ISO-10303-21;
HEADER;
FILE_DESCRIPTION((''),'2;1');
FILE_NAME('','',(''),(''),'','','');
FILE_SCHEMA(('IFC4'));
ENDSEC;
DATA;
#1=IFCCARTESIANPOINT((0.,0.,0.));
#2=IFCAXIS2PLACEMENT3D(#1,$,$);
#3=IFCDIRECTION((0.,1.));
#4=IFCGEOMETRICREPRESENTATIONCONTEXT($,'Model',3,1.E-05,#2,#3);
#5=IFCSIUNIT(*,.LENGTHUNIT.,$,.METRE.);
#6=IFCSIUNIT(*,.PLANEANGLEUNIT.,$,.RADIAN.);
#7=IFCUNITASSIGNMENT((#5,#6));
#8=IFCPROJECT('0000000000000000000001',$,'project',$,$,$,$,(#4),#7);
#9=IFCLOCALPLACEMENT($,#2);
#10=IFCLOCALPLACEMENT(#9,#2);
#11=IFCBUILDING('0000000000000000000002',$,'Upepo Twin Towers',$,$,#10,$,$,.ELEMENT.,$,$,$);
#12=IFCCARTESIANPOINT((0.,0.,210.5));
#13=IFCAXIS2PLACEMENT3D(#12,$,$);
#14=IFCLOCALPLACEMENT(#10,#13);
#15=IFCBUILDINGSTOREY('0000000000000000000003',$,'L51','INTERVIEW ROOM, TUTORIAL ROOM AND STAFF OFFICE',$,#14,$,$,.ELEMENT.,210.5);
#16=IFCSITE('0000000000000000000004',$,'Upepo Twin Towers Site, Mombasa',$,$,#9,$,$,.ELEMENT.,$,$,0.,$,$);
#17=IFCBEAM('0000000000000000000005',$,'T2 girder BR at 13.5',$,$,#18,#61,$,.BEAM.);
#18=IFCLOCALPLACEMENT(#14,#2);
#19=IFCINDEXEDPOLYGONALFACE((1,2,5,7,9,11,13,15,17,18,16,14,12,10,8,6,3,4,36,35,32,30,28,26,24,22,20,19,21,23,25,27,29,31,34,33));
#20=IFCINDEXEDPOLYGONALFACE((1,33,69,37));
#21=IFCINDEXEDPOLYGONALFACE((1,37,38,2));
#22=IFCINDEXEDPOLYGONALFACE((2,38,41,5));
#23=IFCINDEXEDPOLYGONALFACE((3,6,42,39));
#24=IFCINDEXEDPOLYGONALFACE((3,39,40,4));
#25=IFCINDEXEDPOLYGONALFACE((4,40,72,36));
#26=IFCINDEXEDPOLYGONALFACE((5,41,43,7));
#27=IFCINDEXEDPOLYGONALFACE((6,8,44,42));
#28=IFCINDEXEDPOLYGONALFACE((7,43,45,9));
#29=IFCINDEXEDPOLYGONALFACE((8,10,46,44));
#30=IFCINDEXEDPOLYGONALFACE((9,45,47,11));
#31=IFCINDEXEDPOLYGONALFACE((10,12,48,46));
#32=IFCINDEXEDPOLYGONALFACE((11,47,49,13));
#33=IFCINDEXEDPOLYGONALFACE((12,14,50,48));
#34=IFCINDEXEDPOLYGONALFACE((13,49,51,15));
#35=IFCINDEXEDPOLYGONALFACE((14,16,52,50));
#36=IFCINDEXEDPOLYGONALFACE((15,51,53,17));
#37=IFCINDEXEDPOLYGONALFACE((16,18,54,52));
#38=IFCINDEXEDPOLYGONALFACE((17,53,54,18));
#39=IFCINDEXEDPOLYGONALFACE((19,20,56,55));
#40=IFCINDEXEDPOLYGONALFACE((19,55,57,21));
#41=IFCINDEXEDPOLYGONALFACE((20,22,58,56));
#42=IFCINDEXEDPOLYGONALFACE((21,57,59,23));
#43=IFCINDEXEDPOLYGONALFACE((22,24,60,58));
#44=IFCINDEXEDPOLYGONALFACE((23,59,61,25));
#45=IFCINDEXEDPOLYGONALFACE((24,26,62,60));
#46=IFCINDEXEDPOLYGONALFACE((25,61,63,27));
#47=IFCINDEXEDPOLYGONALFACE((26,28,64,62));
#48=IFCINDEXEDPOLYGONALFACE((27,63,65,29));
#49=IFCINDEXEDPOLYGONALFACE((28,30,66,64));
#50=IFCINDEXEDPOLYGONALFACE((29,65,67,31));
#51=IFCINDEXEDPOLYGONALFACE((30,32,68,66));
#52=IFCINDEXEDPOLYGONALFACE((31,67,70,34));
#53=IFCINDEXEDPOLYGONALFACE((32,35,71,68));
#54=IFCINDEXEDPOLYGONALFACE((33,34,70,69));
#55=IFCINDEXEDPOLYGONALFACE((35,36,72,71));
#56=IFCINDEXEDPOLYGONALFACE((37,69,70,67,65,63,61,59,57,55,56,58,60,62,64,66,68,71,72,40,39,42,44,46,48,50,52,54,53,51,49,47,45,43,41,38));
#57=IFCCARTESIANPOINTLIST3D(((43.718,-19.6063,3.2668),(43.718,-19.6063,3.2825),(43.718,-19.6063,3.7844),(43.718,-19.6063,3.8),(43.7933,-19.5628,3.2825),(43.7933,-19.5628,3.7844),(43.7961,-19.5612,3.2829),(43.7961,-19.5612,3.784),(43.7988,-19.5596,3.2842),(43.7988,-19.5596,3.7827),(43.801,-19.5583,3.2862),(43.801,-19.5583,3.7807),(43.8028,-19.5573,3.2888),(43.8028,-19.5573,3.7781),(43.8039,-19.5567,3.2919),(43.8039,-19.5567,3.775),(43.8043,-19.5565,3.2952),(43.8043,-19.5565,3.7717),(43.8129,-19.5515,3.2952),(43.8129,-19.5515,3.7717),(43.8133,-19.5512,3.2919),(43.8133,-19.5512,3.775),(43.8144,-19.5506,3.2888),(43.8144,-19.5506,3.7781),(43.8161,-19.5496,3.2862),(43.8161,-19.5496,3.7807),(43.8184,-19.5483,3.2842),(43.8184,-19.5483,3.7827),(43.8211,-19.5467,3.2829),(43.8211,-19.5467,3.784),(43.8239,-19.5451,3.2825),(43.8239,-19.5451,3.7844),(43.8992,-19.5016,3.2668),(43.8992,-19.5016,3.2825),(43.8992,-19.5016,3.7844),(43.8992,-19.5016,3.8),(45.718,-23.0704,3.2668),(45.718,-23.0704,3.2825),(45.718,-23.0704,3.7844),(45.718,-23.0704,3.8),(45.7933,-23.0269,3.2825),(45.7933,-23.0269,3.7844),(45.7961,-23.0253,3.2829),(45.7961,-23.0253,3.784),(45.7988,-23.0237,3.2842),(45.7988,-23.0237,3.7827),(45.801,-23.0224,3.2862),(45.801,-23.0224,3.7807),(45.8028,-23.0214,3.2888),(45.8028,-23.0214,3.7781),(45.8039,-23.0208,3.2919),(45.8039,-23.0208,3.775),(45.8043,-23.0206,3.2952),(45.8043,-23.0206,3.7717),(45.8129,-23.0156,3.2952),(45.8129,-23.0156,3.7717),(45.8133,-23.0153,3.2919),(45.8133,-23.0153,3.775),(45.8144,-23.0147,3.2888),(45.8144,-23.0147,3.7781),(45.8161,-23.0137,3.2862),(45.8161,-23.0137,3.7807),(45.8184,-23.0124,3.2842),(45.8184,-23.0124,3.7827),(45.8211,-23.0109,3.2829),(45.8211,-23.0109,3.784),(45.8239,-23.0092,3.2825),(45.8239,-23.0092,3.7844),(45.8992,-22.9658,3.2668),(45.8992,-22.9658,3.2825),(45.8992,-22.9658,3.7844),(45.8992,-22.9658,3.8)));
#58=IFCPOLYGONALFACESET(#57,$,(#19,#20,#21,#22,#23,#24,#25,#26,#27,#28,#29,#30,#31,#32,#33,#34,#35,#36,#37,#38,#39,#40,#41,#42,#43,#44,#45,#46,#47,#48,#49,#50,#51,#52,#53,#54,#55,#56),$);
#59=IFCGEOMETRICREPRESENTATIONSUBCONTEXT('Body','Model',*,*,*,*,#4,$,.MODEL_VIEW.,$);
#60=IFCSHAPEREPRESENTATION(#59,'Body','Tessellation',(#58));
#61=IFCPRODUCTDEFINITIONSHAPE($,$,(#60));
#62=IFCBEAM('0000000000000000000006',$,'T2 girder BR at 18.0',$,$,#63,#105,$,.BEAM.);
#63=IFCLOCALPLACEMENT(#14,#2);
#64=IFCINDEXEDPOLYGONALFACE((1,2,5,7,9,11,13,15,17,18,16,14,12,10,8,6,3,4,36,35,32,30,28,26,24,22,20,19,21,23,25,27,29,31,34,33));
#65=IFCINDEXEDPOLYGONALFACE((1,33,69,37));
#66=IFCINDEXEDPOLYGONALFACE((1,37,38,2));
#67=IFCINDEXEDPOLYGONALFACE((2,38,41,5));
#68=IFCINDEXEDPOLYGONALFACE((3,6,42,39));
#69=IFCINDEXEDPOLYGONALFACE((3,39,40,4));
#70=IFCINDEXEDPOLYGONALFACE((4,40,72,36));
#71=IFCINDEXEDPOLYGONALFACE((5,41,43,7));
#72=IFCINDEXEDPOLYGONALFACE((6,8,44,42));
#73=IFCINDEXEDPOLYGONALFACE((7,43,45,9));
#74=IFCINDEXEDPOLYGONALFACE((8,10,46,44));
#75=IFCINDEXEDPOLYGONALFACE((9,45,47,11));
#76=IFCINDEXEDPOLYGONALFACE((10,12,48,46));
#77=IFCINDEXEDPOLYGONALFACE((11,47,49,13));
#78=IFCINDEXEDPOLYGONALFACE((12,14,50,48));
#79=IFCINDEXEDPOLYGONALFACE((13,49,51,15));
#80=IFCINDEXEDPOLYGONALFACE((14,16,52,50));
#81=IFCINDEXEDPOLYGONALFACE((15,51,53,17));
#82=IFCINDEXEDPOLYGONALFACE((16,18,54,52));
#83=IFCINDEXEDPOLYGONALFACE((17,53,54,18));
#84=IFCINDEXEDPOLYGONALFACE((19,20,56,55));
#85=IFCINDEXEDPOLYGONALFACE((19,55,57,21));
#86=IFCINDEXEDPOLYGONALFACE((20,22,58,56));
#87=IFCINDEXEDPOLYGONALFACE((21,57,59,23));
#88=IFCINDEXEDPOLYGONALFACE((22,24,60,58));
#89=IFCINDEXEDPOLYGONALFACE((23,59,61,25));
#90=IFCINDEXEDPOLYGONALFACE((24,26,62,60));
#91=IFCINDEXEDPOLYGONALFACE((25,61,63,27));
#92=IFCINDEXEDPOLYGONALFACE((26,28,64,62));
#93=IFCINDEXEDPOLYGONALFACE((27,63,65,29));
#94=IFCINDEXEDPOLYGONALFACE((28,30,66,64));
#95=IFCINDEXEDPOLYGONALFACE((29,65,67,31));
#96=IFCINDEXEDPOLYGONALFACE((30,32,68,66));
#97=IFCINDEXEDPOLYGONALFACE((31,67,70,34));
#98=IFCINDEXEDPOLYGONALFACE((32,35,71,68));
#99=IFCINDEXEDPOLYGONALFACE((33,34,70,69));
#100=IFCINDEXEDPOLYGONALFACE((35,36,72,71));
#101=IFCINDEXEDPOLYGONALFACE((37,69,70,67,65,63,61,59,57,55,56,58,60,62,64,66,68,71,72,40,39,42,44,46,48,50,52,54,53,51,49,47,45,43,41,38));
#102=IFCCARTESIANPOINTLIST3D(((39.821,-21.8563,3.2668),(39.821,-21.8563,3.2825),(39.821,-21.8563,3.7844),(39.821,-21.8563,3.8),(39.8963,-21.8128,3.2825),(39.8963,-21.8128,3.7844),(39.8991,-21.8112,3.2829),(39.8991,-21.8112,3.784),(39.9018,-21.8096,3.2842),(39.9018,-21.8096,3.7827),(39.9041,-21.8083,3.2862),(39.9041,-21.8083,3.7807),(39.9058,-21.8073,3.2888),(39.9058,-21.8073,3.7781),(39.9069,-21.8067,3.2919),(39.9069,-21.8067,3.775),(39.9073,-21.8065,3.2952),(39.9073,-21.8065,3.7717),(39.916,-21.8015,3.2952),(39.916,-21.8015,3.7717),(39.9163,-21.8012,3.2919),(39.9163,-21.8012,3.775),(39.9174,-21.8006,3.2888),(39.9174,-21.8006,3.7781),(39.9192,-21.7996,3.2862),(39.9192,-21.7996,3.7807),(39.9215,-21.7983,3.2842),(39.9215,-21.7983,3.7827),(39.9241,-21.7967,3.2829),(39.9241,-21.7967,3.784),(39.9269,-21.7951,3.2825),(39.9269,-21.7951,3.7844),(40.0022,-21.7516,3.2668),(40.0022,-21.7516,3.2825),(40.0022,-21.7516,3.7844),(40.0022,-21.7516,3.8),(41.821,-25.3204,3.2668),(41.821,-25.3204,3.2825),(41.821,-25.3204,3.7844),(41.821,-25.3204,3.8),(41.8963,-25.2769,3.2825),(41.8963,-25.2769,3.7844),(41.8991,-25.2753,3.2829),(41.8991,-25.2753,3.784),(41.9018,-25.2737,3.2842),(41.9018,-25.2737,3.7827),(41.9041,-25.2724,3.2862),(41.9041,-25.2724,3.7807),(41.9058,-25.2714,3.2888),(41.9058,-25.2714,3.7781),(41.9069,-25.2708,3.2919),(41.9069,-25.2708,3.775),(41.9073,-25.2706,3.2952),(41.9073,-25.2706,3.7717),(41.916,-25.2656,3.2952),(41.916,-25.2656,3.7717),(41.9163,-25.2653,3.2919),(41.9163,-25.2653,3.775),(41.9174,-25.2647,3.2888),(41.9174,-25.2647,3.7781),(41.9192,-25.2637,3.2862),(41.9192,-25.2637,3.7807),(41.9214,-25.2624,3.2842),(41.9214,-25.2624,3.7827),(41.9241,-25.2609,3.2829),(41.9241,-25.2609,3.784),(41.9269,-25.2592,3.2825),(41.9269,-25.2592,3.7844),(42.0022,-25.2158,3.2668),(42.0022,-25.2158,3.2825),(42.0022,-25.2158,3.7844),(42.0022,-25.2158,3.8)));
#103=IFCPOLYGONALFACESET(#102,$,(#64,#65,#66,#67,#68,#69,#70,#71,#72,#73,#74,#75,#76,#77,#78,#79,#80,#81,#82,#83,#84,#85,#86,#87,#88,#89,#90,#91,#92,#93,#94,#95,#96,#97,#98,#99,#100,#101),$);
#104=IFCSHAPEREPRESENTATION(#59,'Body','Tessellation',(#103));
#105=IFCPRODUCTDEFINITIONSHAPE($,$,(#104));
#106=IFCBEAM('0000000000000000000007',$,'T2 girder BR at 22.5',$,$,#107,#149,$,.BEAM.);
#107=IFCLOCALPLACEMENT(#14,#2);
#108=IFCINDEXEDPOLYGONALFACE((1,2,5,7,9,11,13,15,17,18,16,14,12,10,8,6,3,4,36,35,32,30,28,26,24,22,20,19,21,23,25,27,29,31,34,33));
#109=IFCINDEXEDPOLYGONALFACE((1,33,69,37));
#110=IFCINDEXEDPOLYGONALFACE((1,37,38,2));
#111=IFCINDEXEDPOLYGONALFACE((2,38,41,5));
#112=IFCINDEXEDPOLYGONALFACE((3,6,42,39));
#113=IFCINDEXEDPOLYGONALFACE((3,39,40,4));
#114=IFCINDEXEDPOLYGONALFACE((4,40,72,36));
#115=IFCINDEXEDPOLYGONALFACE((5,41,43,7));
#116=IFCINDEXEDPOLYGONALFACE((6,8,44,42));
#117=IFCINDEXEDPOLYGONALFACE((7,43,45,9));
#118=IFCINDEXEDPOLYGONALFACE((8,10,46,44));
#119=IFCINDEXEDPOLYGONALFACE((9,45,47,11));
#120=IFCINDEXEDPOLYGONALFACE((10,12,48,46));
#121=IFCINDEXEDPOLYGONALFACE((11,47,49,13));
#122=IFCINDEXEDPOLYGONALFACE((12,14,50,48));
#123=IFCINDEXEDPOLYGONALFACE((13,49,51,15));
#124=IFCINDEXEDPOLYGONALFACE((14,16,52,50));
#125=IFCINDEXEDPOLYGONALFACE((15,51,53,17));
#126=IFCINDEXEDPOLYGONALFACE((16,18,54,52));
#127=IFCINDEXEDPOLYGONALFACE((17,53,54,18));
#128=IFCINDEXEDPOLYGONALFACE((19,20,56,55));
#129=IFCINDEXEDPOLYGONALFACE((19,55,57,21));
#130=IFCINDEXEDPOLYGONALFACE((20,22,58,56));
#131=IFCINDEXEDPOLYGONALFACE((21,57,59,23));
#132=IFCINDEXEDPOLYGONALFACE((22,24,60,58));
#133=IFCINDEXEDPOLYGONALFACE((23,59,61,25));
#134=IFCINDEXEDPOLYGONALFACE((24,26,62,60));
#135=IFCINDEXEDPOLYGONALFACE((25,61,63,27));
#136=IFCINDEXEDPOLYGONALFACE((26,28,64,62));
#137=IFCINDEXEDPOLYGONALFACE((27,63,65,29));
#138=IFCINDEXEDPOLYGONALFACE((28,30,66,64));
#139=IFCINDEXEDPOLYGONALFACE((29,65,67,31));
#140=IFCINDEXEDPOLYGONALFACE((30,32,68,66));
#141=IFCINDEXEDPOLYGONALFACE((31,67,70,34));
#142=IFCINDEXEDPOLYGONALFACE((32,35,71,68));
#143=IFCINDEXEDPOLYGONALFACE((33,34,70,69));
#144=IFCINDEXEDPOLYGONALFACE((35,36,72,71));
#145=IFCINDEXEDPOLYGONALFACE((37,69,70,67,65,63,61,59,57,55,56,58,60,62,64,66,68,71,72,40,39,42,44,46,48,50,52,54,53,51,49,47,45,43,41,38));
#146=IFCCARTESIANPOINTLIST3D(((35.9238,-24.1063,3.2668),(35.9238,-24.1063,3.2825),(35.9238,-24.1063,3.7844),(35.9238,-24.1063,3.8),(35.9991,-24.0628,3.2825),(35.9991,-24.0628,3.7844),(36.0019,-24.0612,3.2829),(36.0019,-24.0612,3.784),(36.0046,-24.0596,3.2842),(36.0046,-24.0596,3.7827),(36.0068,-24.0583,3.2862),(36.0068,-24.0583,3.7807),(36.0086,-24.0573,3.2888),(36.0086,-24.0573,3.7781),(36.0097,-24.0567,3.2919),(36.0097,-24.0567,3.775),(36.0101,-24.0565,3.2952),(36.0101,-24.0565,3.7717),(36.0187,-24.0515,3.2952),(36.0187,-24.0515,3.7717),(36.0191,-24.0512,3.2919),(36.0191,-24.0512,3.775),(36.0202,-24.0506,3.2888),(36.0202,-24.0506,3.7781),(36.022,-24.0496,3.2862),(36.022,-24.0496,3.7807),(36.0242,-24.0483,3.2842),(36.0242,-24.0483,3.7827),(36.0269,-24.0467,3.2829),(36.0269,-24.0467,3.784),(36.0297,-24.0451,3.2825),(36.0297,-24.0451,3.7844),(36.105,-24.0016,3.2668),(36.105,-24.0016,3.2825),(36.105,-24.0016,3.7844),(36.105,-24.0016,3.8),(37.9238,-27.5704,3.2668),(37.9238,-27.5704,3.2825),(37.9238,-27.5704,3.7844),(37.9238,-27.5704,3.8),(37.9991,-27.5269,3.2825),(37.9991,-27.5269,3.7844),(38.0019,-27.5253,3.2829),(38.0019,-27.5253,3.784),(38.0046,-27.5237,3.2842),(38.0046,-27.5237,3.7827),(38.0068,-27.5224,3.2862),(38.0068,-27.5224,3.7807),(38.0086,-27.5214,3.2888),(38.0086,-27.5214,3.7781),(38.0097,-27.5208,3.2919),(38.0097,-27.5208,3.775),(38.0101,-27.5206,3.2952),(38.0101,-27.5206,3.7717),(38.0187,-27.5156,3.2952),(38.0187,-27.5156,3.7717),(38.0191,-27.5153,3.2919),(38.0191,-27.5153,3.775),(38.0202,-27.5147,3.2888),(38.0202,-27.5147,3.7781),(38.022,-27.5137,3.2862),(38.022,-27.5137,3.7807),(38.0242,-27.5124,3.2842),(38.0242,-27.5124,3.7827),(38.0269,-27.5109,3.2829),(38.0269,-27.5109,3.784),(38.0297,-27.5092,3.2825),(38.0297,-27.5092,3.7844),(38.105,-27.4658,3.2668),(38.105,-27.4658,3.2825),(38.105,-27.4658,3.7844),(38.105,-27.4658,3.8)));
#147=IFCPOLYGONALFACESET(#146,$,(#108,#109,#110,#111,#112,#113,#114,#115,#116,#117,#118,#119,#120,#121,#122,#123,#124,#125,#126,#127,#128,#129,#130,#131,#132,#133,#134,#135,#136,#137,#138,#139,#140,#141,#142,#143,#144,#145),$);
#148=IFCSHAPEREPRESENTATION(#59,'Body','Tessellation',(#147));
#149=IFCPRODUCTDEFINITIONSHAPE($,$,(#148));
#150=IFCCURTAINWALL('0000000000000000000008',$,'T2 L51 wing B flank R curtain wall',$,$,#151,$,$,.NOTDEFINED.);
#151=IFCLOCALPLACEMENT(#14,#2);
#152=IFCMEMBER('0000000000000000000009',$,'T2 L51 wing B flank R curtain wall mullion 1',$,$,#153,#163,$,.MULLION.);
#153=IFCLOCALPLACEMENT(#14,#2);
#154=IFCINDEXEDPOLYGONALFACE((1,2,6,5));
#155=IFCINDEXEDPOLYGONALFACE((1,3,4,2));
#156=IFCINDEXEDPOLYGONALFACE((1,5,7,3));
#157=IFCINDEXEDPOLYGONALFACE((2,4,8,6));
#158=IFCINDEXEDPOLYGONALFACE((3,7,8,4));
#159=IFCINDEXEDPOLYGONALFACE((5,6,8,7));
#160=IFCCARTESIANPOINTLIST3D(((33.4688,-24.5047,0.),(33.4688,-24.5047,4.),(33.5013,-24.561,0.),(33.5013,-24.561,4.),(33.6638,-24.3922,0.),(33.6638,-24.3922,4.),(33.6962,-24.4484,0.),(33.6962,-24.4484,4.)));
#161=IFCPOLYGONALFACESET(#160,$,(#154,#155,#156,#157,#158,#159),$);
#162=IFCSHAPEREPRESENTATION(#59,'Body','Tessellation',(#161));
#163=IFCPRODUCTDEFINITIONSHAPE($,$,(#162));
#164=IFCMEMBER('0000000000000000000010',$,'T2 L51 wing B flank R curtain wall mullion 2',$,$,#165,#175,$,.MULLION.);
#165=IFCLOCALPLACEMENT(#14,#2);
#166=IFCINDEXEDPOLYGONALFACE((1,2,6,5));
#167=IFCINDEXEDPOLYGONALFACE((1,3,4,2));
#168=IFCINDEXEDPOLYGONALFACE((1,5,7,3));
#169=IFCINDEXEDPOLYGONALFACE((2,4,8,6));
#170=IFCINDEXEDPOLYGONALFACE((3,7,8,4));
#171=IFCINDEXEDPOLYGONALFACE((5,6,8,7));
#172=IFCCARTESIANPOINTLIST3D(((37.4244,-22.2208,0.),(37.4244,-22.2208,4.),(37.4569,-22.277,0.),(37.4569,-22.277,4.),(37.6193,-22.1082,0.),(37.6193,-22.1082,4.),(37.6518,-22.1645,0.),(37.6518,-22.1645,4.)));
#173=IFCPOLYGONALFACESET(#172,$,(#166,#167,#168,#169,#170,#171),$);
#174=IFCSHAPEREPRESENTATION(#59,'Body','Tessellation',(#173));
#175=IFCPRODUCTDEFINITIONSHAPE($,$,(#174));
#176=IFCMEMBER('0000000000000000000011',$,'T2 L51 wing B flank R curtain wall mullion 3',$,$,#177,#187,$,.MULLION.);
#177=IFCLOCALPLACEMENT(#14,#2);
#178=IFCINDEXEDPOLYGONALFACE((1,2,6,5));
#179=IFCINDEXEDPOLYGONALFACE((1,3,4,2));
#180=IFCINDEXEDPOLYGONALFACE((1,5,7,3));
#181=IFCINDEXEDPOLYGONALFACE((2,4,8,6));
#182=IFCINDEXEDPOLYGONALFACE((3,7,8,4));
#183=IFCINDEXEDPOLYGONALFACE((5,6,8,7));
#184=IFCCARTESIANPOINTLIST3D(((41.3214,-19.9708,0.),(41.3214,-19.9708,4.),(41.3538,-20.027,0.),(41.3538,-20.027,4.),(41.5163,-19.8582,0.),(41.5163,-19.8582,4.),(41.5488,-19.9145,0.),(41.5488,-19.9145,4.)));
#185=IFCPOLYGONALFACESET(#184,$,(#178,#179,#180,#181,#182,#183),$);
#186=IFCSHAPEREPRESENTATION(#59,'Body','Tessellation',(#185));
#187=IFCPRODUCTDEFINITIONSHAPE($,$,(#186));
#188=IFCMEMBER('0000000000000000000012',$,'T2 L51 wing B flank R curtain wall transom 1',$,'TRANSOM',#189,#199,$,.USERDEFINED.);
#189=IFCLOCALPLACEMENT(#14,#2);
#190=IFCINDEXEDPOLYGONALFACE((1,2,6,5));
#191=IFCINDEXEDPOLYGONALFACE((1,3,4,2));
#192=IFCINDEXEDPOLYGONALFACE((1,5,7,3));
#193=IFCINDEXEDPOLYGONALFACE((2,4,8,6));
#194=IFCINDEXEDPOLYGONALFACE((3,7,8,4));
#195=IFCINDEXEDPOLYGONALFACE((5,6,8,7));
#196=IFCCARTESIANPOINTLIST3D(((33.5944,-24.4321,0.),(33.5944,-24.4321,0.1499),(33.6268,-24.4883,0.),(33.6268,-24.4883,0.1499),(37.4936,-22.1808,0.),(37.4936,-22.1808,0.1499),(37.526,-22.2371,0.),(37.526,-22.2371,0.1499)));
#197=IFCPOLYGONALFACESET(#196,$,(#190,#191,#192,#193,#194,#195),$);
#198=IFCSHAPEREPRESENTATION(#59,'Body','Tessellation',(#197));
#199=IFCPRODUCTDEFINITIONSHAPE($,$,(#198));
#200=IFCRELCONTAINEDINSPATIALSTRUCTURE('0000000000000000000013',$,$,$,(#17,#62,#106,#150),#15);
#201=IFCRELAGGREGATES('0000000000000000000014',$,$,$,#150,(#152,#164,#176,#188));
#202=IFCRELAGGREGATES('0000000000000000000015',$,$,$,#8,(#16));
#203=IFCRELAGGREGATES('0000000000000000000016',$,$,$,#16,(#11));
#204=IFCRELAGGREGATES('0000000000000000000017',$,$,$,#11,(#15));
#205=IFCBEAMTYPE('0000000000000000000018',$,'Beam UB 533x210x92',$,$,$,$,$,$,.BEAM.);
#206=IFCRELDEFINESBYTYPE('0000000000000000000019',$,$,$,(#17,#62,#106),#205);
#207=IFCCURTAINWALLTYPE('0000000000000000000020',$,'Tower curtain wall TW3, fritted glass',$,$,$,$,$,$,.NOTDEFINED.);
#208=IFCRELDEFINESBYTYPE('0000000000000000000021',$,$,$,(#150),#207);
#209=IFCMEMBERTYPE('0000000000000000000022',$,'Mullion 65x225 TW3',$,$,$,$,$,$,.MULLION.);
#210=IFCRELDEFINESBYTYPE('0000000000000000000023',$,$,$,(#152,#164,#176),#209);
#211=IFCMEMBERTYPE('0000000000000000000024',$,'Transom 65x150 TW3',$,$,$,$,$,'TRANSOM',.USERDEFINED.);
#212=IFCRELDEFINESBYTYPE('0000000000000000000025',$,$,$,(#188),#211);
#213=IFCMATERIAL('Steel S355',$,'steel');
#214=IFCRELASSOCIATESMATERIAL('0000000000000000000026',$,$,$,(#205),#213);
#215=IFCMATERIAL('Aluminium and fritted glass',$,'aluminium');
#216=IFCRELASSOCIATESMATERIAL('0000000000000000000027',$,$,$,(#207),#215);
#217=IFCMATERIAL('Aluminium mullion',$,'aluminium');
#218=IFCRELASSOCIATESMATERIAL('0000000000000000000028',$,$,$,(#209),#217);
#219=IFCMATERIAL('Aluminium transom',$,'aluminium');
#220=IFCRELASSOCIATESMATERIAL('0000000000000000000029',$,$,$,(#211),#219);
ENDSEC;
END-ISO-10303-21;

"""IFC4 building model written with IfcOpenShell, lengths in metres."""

from ifc_helpers import new_model, si_unit, direction, frame, origin, origin_2d, place, context, subcontext, project, spatial, rectangle, i_section, extrude, material, material_profile, profile_set, type_object, element, aggregate, save


model = new_model("IFC4")

# Units and contexts
model_context = context("Model", 3, precision=1e-05, world=origin(), true_north=direction((0.0, 1.0)))
body_context = subcontext(model_context, "Body", "Model", "MODEL_VIEW")
ifc_project = project(units=[si_unit("LENGTHUNIT", "METRE"), si_unit("PLANEANGLEUNIT", "RADIAN")], contexts=[model_context])

# Site, building, storey
site_placement = place(None, origin())
site = spatial("IfcSite", under=ifc_project, at=site_placement, Name="Upepo Twin Towers Site, Mombasa", CompositionType="ELEMENT", RefElevation=0.0)
building_placement = place(site_placement, origin())
building = spatial("IfcBuilding", under=site, at=building_placement, Name="Upepo Twin Towers", CompositionType="ELEMENT")
storey_placement = place(building_placement, frame((0.0, 0.0, 210.5)))
storey = spatial("IfcBuildingStorey", under=building, at=storey_placement, Name="L51", Description="INTERVIEW ROOM, TUTORIAL ROOM AND STAFF OFFICE", CompositionType="ELEMENT", Elevation=210.5)

# Beams
ifc_material_1 = material(Name="Steel S355", Category="steel")
ifc_material_profile_1 = material_profile(ifc_material_1, i_section(OverallWidth=0.2092, OverallDepth=0.5332, WebThickness=0.01, FlangeThickness=0.0156, FilletRadius=0.0127, at=origin_2d()), Name="UB 533x210x92")
ifc_profile_set_1 = profile_set([ifc_material_profile_1], Name="Steel S355")
beam_type_1 = type_object("IfcBeamType", Name="Beam UB 533x210x92", PredefinedType="BEAM", material=ifc_profile_set_1)
for number, where, z_axis, x_axis, name in (
    (1, (43.8086, -19.554, 3.5334), (0.499999, -0.866026, 0.0), (0.866026, 0.499999, 0.0), "T2 girder BR at 13.5"),
    (2, (39.9116, -21.804, 3.5334), (0.499999, -0.866026, 0.0), (0.866026, 0.499999, 0.0), "T2 girder BR at 18.0"),
    (3, (36.0144, -24.054, 3.5334), (0.499999, -0.866026, 0.0), (0.866026, 0.499999, 0.0), "T2 girder BR at 22.5"),
):
    element("IfcBeam", number, at=place(storey_placement, frame(where, z_axis=z_axis, x_axis=x_axis)), inside=storey, type_object=beam_type_1, Name=name, PredefinedType="BEAM", context=body_context, shape_type="SweptSolid", body=[
        extrude(i_section(OverallWidth=0.2092, OverallDepth=0.5332, WebThickness=0.01, FlangeThickness=0.0156, FilletRadius=0.0127, at=origin_2d()), origin(), (0.0, 0.0, 1.0), 4.0),
    ])

# Curtain wall, members
ifc_material_2 = material(Name="Aluminium and fritted glass", Category="aluminium")
curtain_wall_type = type_object("IfcCurtainWallType", Name="Tower curtain wall TW3, fritted glass", PredefinedType="NOTDEFINED", material=ifc_material_2)
curtain_wall_placement = place(storey_placement, origin())
curtain_wall = element("IfcCurtainWall", 4, at=curtain_wall_placement, inside=storey, type_object=curtain_wall_type, Name="T2 L51 wing B flank R curtain wall", PredefinedType="NOTDEFINED")
ifc_material_3 = material(Name="Aluminium mullion", Category="aluminium")
ifc_material_profile_2 = material_profile(ifc_material_3, rectangle(XDim=0.0649, YDim=0.2251, at=origin_2d()), Name="MULLION 65x225")
ifc_profile_set_2 = profile_set([ifc_material_profile_2], Name="Aluminium mullion")
member_type_1 = type_object("IfcMemberType", Name="Mullion 65x225 TW3", PredefinedType="MULLION", material=ifc_profile_set_2)
member_1_placement = place(storey_placement, frame((33.5825, -24.4766, 0.0), z_axis=(0.0, 0.0, 1.0), x_axis=(-0.5, 0.866025, 0.0)))
member_1 = element("IfcMember", 5, at=member_1_placement, type_object=member_type_1, Name="T2 L51 wing B flank R curtain wall mullion 1", PredefinedType="MULLION", context=body_context, shape_type="SweptSolid", body=[
    extrude(rectangle(XDim=0.0649, YDim=0.2251, at=origin_2d()), origin(), (0.0, 0.0, 1.0), 4.0),
])
member_2_placement = place(storey_placement, frame((37.5381, -22.1926, 0.0), z_axis=(0.0, 0.0, 1.0), x_axis=(-0.5, 0.866025, 0.0)))
member_2 = element("IfcMember", 6, at=member_2_placement, type_object=member_type_1, Name="T2 L51 wing B flank R curtain wall mullion 2", PredefinedType="MULLION", context=body_context, shape_type="SweptSolid", body=[
    extrude(rectangle(XDim=0.0649, YDim=0.2251, at=origin_2d()), origin(), (0.0, 0.0, 1.0), 4.0),
])
member_3_placement = place(storey_placement, frame((41.4351, -19.9426, 0.0), z_axis=(0.0, 0.0, 1.0), x_axis=(-0.5, 0.866025, 0.0)))
member_3 = element("IfcMember", 7, at=member_3_placement, type_object=member_type_1, Name="T2 L51 wing B flank R curtain wall mullion 3", PredefinedType="MULLION", context=body_context, shape_type="SweptSolid", body=[
    extrude(rectangle(XDim=0.0649, YDim=0.2251, at=origin_2d()), origin(), (0.0, 0.0, 1.0), 4.0),
])
ifc_material_4 = material(Name="Aluminium transom", Category="aluminium")
ifc_material_profile_3 = material_profile(ifc_material_4, rectangle(XDim=0.0649, YDim=0.1499, at=origin_2d()), Name="TRANSOM 65x150")
ifc_profile_set_3 = profile_set([ifc_material_profile_3], Name="Aluminium transom")
member_type_2 = type_object("IfcMemberType", Name="Transom 65x150 TW3", ElementType="TRANSOM", PredefinedType="USERDEFINED", material=ifc_profile_set_3)
member_4_placement = place(storey_placement, frame((33.6106, -24.4602, 0.075), z_axis=(0.866022, 0.500006, 0.0), x_axis=(-0.500006, 0.866022, 0.0)))
member_4 = element("IfcMember", 8, at=member_4_placement, type_object=member_type_2, Name="T2 L51 wing B flank R curtain wall transom 1", ObjectType="TRANSOM", PredefinedType="USERDEFINED", context=body_context, shape_type="SweptSolid", body=[
    extrude(rectangle(XDim=0.0649, YDim=0.1499, at=origin_2d()), origin(), (0.0, 0.0, 1.0), 4.5024),
])
aggregate(curtain_wall, [member_1, member_2, member_3, member_4])

save(model, "model.ifc")
